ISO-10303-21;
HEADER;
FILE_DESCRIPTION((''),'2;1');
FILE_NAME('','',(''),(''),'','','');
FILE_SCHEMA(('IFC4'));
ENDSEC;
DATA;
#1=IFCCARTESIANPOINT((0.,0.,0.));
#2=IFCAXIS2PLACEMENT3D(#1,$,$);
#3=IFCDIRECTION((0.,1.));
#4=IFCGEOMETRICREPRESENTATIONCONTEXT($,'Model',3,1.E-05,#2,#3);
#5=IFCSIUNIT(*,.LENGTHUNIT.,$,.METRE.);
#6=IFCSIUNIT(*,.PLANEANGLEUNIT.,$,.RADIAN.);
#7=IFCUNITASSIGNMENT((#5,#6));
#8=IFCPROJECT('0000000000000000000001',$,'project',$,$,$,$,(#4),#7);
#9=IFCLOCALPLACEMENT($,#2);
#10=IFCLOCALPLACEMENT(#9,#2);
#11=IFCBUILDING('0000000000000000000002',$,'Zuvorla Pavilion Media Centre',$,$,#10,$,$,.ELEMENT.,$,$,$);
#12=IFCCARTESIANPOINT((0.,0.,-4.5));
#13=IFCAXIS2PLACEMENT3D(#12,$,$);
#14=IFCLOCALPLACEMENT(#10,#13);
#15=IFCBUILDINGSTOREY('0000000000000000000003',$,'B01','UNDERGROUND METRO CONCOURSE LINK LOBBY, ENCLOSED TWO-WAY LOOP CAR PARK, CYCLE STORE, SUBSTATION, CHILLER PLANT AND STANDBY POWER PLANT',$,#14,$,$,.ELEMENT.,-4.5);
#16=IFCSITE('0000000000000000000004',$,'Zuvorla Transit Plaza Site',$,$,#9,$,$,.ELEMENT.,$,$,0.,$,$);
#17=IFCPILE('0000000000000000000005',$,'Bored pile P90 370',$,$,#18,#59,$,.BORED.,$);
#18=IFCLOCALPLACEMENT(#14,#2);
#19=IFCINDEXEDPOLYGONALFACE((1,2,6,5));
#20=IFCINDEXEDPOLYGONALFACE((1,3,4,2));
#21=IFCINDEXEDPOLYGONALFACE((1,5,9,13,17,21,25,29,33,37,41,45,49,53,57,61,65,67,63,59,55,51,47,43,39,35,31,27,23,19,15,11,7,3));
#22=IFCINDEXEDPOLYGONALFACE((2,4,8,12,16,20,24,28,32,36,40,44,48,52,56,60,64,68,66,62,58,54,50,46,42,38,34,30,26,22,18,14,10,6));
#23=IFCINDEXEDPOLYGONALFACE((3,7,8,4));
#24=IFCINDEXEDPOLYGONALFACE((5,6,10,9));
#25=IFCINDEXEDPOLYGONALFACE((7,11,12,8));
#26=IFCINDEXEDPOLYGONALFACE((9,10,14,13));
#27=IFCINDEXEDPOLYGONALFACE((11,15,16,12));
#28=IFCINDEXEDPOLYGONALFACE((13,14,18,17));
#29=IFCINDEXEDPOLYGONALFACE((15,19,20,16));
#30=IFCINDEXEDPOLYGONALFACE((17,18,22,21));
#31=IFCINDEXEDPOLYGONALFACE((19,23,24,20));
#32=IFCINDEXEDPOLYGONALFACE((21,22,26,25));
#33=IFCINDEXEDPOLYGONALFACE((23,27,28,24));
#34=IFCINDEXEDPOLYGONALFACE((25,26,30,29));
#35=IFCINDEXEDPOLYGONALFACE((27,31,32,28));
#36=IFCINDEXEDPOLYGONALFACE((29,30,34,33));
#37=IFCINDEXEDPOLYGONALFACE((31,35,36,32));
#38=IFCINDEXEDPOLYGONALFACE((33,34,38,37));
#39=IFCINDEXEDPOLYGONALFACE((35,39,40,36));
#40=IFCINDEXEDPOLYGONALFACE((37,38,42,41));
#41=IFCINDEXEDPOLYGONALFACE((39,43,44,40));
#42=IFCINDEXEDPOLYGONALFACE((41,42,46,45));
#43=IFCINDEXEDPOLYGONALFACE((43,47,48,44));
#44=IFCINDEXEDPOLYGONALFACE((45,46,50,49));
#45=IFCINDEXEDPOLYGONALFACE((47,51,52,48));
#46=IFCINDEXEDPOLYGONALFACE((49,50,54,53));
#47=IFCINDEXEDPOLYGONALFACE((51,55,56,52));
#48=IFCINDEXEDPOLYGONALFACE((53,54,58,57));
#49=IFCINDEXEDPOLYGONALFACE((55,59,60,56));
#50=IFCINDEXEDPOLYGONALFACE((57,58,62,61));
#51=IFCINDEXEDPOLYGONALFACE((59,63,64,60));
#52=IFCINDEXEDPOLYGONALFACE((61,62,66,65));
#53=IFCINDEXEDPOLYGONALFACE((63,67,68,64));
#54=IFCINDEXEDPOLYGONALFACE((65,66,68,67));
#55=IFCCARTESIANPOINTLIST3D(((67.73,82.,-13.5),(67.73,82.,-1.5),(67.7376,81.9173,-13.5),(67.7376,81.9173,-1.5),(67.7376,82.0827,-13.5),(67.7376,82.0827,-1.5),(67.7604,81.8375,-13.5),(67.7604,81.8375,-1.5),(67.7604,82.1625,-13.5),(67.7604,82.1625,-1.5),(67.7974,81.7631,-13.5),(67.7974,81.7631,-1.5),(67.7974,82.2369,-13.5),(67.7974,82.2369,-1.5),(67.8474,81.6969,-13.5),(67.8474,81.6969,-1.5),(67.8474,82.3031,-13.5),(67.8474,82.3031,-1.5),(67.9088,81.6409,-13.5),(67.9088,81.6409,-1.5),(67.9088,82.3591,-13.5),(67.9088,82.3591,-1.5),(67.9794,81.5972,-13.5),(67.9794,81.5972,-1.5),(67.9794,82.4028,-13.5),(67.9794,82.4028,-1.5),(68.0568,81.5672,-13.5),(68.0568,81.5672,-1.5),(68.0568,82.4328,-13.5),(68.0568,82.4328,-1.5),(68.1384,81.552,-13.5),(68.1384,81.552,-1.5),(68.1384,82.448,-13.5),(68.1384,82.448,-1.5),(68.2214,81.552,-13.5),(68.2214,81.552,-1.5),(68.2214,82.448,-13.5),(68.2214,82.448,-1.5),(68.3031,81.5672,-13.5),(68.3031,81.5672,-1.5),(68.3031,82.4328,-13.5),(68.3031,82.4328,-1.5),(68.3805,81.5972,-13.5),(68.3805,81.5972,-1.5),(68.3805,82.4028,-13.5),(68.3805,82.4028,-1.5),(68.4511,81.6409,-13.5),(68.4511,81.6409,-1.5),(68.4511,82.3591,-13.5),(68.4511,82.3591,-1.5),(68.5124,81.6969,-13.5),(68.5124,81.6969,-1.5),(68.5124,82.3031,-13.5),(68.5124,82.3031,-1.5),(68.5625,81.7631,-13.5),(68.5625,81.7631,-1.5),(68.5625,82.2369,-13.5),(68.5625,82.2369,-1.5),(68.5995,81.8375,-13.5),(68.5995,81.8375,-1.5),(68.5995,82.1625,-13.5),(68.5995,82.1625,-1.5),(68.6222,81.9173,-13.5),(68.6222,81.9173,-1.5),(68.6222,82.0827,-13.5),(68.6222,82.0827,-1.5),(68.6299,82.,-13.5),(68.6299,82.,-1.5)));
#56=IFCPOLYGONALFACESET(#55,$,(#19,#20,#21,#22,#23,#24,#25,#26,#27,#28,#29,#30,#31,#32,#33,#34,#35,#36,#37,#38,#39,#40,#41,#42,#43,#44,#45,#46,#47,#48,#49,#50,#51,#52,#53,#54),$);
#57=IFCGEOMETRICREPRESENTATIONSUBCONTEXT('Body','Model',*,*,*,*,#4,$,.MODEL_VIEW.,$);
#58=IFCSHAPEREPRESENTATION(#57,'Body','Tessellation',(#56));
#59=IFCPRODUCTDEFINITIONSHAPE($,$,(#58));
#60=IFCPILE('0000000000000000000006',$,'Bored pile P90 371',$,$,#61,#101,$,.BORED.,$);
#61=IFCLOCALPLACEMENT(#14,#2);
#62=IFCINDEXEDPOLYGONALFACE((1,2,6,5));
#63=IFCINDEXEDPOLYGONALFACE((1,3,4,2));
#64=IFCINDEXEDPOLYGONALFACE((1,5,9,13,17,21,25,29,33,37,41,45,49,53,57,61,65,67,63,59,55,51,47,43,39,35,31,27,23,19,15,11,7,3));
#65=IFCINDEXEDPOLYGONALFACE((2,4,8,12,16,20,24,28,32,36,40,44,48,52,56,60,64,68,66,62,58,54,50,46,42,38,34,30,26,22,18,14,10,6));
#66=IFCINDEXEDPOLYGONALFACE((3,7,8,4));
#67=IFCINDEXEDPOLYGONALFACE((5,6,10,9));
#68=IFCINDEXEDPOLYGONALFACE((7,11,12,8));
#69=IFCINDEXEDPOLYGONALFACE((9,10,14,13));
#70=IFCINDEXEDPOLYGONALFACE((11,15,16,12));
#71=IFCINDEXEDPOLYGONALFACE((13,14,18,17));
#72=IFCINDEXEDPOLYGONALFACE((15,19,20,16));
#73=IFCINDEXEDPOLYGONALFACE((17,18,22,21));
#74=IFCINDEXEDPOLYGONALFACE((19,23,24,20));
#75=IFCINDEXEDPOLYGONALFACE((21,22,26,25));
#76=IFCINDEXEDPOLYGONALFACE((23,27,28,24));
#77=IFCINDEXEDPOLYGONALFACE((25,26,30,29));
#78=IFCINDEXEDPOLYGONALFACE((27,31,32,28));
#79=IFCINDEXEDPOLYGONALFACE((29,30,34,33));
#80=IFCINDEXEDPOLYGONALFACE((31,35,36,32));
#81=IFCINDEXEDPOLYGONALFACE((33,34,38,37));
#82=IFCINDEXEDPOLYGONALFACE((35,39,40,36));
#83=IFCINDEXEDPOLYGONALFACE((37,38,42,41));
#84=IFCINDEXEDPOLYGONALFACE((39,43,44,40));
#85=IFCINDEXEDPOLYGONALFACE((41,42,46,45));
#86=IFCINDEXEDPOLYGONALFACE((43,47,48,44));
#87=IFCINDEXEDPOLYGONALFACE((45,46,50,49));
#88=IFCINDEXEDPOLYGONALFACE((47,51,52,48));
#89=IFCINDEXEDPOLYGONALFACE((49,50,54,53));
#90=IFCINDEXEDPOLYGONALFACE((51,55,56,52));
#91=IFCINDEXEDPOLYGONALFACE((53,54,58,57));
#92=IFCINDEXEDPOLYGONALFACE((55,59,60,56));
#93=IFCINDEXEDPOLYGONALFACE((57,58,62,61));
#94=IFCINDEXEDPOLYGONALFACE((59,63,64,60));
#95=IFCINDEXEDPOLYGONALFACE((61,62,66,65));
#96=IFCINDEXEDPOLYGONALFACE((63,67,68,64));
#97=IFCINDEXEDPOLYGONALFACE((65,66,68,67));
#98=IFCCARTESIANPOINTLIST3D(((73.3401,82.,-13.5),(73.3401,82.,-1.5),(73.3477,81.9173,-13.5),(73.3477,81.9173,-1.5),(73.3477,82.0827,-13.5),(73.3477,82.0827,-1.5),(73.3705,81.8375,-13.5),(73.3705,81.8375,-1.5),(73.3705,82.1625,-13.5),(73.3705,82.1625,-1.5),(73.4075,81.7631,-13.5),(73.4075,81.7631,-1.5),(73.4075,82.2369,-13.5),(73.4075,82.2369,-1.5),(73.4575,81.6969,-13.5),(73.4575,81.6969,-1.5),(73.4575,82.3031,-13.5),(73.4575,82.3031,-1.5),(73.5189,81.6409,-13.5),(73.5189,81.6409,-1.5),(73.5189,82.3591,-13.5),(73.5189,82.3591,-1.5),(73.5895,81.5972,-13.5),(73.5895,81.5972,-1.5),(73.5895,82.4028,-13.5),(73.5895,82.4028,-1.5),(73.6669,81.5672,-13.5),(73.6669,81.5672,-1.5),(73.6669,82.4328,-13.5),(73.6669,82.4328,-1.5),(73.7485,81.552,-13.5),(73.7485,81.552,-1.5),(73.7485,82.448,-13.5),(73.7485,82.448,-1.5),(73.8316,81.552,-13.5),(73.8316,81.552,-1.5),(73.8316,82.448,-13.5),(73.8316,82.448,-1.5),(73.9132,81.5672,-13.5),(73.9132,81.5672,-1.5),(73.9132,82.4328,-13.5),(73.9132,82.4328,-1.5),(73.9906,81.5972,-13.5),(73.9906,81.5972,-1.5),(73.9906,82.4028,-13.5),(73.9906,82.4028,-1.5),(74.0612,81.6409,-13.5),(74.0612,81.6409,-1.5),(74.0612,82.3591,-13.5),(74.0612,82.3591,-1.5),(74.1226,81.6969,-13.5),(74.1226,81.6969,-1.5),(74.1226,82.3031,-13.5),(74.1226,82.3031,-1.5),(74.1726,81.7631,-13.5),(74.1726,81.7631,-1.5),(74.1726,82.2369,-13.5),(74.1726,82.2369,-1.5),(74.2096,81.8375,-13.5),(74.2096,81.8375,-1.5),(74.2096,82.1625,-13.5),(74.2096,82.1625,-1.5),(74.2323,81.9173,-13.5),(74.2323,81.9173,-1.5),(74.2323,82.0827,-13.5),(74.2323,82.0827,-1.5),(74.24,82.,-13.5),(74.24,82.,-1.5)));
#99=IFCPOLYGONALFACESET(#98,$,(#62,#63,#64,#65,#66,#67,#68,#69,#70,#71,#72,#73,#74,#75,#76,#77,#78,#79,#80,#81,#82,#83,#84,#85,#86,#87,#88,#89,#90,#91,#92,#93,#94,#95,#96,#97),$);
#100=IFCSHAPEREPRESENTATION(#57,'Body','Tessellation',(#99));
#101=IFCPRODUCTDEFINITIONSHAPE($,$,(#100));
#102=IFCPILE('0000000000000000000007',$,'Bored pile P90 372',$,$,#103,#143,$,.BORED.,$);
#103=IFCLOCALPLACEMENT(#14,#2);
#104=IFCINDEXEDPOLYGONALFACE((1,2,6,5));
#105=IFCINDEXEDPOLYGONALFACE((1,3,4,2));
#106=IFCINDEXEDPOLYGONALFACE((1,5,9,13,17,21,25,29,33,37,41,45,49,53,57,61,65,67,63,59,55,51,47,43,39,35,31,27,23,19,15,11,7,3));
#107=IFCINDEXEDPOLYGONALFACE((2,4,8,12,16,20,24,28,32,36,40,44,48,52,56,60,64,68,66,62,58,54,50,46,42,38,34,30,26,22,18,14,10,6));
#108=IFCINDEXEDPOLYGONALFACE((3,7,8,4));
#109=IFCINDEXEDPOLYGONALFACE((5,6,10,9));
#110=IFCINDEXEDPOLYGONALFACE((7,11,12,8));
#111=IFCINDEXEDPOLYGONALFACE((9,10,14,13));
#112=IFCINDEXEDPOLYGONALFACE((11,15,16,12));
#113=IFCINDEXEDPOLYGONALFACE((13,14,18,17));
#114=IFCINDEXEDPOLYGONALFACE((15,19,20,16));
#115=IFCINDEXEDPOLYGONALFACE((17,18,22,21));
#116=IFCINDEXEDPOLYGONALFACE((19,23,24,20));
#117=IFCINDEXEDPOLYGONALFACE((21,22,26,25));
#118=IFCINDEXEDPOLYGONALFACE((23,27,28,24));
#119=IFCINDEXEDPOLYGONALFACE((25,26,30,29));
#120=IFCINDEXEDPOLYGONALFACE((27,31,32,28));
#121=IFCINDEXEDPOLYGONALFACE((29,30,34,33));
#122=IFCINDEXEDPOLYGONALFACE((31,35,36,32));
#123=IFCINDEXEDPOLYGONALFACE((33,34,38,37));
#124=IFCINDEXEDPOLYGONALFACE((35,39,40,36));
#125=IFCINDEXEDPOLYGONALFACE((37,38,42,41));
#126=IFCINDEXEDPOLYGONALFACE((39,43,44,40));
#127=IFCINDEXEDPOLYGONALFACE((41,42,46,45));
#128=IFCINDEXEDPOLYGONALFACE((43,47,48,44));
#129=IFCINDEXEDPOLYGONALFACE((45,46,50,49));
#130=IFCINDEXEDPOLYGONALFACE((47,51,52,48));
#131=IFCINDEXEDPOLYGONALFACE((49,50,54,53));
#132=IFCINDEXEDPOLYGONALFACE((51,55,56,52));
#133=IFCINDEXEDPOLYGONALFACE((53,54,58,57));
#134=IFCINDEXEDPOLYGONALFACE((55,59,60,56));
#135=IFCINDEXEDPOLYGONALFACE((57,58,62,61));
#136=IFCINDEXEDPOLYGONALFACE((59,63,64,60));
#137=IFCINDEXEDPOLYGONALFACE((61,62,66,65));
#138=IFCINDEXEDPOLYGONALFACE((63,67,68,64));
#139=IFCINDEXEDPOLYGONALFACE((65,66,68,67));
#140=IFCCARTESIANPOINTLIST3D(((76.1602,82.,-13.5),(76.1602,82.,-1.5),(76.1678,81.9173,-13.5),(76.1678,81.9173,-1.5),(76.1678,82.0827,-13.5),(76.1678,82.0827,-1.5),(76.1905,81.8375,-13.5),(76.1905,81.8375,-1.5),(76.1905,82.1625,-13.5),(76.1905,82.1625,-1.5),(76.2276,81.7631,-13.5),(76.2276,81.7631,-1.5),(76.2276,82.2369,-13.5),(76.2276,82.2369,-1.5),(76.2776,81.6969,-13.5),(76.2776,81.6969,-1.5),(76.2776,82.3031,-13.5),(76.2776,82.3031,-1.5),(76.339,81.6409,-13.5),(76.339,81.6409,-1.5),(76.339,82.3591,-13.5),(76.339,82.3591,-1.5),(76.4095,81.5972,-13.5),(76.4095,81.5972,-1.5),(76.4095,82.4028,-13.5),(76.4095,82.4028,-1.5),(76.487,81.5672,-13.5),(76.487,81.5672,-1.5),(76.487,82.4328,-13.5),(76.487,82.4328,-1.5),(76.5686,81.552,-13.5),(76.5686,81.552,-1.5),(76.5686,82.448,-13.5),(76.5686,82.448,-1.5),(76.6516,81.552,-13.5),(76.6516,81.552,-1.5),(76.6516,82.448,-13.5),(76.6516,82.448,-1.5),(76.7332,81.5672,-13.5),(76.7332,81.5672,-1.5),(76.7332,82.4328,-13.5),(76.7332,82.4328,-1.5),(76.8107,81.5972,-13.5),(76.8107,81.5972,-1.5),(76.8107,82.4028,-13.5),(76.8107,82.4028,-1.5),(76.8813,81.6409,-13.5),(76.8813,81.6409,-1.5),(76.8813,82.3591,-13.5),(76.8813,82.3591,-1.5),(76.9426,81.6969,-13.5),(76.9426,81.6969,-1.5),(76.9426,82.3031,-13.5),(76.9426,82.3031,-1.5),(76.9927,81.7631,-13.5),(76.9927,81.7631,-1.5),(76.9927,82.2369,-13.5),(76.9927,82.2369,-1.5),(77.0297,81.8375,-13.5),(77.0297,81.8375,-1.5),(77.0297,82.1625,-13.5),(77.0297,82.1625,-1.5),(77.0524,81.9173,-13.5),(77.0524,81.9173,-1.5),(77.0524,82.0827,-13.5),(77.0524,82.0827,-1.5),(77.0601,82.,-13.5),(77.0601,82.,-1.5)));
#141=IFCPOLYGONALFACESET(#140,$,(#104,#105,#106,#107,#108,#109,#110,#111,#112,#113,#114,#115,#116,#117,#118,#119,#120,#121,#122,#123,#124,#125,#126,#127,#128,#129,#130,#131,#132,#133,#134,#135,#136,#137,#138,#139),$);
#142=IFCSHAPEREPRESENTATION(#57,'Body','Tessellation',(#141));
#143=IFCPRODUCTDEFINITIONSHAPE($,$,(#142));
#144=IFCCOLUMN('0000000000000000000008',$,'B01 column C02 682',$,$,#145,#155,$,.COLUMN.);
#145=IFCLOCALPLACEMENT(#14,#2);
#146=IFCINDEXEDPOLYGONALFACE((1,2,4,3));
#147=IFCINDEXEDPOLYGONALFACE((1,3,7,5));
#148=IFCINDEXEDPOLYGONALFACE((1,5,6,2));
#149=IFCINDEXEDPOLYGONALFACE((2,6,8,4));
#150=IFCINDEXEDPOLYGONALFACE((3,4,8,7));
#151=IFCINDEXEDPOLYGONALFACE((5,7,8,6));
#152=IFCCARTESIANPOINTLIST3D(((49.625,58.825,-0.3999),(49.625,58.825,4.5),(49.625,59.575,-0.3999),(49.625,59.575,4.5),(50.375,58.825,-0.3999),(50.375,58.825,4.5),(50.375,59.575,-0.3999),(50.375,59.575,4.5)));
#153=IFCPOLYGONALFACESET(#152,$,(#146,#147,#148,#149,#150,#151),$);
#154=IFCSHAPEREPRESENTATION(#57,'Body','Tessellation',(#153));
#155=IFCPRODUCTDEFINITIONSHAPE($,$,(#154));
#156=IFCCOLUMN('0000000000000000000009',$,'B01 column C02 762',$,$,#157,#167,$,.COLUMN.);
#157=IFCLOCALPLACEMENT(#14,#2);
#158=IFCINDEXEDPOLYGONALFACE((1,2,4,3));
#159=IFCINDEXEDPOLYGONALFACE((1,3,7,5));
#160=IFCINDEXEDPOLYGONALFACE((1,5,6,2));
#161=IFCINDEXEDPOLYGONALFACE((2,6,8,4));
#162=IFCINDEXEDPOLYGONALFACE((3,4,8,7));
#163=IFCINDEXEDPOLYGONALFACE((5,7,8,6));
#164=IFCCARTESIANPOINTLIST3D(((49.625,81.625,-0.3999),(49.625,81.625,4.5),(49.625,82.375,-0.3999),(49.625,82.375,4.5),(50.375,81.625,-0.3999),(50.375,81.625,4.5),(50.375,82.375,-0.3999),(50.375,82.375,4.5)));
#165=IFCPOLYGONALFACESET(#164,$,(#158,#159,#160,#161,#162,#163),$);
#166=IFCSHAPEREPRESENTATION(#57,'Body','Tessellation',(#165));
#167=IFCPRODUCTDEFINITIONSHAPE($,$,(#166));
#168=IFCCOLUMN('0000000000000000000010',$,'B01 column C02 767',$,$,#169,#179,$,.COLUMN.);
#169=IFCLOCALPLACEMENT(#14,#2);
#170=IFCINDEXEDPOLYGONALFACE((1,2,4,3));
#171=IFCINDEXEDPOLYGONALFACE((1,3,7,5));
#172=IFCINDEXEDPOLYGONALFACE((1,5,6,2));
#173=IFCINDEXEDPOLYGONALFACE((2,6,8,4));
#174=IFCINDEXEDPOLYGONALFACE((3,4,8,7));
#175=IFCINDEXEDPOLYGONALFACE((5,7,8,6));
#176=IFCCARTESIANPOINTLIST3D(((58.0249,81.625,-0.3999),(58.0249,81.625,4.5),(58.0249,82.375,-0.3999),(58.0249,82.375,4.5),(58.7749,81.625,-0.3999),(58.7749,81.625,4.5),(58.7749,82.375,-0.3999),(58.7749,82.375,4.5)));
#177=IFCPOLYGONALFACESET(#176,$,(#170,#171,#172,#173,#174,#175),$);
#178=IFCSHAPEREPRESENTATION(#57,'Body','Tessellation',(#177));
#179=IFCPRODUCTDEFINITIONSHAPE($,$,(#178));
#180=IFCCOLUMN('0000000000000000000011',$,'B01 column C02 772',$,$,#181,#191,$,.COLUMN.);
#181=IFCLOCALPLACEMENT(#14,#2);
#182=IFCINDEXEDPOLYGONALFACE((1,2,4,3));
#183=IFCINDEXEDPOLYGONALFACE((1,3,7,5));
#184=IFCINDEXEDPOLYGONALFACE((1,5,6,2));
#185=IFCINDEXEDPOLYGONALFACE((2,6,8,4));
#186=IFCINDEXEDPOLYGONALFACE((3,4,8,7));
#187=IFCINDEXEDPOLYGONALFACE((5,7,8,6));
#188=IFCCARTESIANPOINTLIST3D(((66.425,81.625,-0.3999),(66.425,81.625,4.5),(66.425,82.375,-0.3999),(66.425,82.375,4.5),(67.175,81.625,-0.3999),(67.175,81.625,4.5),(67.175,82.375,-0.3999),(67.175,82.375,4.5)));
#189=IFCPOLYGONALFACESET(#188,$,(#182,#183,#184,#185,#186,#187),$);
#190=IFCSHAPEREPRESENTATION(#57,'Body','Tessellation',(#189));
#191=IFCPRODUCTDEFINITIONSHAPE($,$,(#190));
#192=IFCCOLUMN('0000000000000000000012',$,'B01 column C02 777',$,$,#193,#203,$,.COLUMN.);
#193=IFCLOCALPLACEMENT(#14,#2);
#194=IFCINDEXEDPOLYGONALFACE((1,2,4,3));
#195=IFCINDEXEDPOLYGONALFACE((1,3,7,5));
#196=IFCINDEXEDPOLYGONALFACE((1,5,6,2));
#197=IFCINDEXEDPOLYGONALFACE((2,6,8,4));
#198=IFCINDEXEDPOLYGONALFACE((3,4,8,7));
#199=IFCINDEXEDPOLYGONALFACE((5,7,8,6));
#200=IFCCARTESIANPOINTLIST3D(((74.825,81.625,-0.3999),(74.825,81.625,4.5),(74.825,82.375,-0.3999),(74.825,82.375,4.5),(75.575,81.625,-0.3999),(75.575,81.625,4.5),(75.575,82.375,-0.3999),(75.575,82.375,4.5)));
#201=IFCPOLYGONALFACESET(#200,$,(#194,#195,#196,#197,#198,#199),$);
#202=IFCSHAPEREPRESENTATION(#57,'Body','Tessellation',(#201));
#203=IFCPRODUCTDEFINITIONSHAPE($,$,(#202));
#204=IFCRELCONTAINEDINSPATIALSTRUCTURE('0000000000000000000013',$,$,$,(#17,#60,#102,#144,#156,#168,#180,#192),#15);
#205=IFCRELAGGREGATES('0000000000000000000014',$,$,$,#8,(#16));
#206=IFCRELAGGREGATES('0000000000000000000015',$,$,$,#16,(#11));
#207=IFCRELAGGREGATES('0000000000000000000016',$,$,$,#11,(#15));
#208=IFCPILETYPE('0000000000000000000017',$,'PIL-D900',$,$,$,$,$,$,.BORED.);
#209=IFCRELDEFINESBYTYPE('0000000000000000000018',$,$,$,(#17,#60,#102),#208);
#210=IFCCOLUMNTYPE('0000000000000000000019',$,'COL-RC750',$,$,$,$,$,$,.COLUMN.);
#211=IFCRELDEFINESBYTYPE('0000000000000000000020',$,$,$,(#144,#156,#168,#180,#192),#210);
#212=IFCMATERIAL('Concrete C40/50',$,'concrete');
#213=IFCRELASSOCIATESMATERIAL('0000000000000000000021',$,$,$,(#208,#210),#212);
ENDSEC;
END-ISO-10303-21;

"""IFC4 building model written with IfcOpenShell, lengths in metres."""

from ifc_helpers import new_model, si_unit, direction, frame, origin, origin_2d, place, context, subcontext, project, spatial, rectangle, circle, extrude, material, material_profile, profile_set, type_object, element, save


model = new_model("IFC4")

# Units and contexts
model_context = context("Model", 3, precision=1e-05, world=origin(), true_north=direction((0.0, 1.0)))
body_context = subcontext(model_context, "Body", "Model", "MODEL_VIEW")
ifc_project = project(units=[si_unit("LENGTHUNIT", "METRE"), si_unit("PLANEANGLEUNIT", "RADIAN")], contexts=[model_context])

# Site, building, storey
site_placement = place(None, origin())
site = spatial("IfcSite", under=ifc_project, at=site_placement, Name="Zuvorla Transit Plaza Site", CompositionType="ELEMENT", RefElevation=0.0)
building_placement = place(site_placement, origin())
building = spatial("IfcBuilding", under=site, at=building_placement, Name="Zuvorla Pavilion Media Centre", CompositionType="ELEMENT")
storey_placement = place(building_placement, frame((0.0, 0.0, -4.5)))
storey = spatial("IfcBuildingStorey", under=building, at=storey_placement, Name="B01", Description="UNDERGROUND METRO CONCOURSE LINK LOBBY, ENCLOSED TWO-WAY LOOP CAR PARK, CYCLE STORE, SUBSTATION, CHILLER PLANT AND STANDBY POWER PLANT", CompositionType="ELEMENT", Elevation=-4.5)

# Shared definitions
ifc_material = material(Name="Concrete C40/50", Category="concrete")

# Piles
ifc_material_profile_1 = material_profile(ifc_material, circle(Radius=0.45, at=origin_2d()), Name="BORED PILE 900")
ifc_profile_set_1 = profile_set([ifc_material_profile_1], Name="Concrete C40/50")
pile_type_1 = type_object("IfcPileType", Name="PIL-D900", PredefinedType="BORED", material=ifc_profile_set_1)
for number, where, z_axis, x_axis, name in (
    (1, (68.1799, 82.0, -1.5), (0.0, 0.0, -1.0), (1.0, 0.0, 0.0), "Bored pile P90 370"),
    (2, (73.79, 82.0, -1.5), (0.0, 0.0, -1.0), (1.0, 0.0, 0.0), "Bored pile P90 371"),
    (3, (76.6101, 82.0, -1.5), (0.0, 0.0, -1.0), (1.0, 0.0, 0.0), "Bored pile P90 372"),
):
    element("IfcPile", number, at=place(storey_placement, frame(where, z_axis=z_axis, x_axis=x_axis)), inside=storey, type_object=pile_type_1, Name=name, PredefinedType="BORED", context=body_context, shape_type="SweptSolid", body=[
        extrude(circle(Radius=0.45, at=origin_2d()), origin(), (0.0, 0.0, 1.0), 12.0),
    ])

# Columns
ifc_material_profile_2 = material_profile(ifc_material, rectangle(XDim=0.75, YDim=0.75, at=origin_2d()), Name="RC 750x750")
ifc_profile_set_2 = profile_set([ifc_material_profile_2], Name="Concrete C40/50")
column_type = type_object("IfcColumnType", Name="COL-RC750", PredefinedType="COLUMN", material=ifc_profile_set_2)
for number, where, z_axis, x_axis, name in (
    (4, (50.0, 59.2, -0.3999), (0.0, 0.0, 1.0), (1.0, 0.0, 0.0), "B01 column C02 682"),
    (5, (50.0, 82.0, -0.3999), (0.0, 0.0, 1.0), (1.0, 0.0, 0.0), "B01 column C02 762"),
    (6, (58.3999, 82.0, -0.3999), (0.0, 0.0, 1.0), (1.0, 0.0, 0.0), "B01 column C02 767"),
    (7, (66.8, 82.0, -0.3999), (0.0, 0.0, 1.0), (1.0, 0.0, 0.0), "B01 column C02 772"),
    (8, (75.2, 82.0, -0.3999), (0.0, 0.0, 1.0), (1.0, 0.0, 0.0), "B01 column C02 777"),
):
    element("IfcColumn", number, at=place(storey_placement, frame(where, z_axis=z_axis, x_axis=x_axis)), inside=storey, type_object=column_type, Name=name, PredefinedType="COLUMN", context=body_context, shape_type="SweptSolid", body=[
        extrude(rectangle(XDim=0.75, YDim=0.75, at=origin_2d()), origin(), (0.0, 0.0, 1.0), 4.8999),
    ])

save(model, "model.ifc")
